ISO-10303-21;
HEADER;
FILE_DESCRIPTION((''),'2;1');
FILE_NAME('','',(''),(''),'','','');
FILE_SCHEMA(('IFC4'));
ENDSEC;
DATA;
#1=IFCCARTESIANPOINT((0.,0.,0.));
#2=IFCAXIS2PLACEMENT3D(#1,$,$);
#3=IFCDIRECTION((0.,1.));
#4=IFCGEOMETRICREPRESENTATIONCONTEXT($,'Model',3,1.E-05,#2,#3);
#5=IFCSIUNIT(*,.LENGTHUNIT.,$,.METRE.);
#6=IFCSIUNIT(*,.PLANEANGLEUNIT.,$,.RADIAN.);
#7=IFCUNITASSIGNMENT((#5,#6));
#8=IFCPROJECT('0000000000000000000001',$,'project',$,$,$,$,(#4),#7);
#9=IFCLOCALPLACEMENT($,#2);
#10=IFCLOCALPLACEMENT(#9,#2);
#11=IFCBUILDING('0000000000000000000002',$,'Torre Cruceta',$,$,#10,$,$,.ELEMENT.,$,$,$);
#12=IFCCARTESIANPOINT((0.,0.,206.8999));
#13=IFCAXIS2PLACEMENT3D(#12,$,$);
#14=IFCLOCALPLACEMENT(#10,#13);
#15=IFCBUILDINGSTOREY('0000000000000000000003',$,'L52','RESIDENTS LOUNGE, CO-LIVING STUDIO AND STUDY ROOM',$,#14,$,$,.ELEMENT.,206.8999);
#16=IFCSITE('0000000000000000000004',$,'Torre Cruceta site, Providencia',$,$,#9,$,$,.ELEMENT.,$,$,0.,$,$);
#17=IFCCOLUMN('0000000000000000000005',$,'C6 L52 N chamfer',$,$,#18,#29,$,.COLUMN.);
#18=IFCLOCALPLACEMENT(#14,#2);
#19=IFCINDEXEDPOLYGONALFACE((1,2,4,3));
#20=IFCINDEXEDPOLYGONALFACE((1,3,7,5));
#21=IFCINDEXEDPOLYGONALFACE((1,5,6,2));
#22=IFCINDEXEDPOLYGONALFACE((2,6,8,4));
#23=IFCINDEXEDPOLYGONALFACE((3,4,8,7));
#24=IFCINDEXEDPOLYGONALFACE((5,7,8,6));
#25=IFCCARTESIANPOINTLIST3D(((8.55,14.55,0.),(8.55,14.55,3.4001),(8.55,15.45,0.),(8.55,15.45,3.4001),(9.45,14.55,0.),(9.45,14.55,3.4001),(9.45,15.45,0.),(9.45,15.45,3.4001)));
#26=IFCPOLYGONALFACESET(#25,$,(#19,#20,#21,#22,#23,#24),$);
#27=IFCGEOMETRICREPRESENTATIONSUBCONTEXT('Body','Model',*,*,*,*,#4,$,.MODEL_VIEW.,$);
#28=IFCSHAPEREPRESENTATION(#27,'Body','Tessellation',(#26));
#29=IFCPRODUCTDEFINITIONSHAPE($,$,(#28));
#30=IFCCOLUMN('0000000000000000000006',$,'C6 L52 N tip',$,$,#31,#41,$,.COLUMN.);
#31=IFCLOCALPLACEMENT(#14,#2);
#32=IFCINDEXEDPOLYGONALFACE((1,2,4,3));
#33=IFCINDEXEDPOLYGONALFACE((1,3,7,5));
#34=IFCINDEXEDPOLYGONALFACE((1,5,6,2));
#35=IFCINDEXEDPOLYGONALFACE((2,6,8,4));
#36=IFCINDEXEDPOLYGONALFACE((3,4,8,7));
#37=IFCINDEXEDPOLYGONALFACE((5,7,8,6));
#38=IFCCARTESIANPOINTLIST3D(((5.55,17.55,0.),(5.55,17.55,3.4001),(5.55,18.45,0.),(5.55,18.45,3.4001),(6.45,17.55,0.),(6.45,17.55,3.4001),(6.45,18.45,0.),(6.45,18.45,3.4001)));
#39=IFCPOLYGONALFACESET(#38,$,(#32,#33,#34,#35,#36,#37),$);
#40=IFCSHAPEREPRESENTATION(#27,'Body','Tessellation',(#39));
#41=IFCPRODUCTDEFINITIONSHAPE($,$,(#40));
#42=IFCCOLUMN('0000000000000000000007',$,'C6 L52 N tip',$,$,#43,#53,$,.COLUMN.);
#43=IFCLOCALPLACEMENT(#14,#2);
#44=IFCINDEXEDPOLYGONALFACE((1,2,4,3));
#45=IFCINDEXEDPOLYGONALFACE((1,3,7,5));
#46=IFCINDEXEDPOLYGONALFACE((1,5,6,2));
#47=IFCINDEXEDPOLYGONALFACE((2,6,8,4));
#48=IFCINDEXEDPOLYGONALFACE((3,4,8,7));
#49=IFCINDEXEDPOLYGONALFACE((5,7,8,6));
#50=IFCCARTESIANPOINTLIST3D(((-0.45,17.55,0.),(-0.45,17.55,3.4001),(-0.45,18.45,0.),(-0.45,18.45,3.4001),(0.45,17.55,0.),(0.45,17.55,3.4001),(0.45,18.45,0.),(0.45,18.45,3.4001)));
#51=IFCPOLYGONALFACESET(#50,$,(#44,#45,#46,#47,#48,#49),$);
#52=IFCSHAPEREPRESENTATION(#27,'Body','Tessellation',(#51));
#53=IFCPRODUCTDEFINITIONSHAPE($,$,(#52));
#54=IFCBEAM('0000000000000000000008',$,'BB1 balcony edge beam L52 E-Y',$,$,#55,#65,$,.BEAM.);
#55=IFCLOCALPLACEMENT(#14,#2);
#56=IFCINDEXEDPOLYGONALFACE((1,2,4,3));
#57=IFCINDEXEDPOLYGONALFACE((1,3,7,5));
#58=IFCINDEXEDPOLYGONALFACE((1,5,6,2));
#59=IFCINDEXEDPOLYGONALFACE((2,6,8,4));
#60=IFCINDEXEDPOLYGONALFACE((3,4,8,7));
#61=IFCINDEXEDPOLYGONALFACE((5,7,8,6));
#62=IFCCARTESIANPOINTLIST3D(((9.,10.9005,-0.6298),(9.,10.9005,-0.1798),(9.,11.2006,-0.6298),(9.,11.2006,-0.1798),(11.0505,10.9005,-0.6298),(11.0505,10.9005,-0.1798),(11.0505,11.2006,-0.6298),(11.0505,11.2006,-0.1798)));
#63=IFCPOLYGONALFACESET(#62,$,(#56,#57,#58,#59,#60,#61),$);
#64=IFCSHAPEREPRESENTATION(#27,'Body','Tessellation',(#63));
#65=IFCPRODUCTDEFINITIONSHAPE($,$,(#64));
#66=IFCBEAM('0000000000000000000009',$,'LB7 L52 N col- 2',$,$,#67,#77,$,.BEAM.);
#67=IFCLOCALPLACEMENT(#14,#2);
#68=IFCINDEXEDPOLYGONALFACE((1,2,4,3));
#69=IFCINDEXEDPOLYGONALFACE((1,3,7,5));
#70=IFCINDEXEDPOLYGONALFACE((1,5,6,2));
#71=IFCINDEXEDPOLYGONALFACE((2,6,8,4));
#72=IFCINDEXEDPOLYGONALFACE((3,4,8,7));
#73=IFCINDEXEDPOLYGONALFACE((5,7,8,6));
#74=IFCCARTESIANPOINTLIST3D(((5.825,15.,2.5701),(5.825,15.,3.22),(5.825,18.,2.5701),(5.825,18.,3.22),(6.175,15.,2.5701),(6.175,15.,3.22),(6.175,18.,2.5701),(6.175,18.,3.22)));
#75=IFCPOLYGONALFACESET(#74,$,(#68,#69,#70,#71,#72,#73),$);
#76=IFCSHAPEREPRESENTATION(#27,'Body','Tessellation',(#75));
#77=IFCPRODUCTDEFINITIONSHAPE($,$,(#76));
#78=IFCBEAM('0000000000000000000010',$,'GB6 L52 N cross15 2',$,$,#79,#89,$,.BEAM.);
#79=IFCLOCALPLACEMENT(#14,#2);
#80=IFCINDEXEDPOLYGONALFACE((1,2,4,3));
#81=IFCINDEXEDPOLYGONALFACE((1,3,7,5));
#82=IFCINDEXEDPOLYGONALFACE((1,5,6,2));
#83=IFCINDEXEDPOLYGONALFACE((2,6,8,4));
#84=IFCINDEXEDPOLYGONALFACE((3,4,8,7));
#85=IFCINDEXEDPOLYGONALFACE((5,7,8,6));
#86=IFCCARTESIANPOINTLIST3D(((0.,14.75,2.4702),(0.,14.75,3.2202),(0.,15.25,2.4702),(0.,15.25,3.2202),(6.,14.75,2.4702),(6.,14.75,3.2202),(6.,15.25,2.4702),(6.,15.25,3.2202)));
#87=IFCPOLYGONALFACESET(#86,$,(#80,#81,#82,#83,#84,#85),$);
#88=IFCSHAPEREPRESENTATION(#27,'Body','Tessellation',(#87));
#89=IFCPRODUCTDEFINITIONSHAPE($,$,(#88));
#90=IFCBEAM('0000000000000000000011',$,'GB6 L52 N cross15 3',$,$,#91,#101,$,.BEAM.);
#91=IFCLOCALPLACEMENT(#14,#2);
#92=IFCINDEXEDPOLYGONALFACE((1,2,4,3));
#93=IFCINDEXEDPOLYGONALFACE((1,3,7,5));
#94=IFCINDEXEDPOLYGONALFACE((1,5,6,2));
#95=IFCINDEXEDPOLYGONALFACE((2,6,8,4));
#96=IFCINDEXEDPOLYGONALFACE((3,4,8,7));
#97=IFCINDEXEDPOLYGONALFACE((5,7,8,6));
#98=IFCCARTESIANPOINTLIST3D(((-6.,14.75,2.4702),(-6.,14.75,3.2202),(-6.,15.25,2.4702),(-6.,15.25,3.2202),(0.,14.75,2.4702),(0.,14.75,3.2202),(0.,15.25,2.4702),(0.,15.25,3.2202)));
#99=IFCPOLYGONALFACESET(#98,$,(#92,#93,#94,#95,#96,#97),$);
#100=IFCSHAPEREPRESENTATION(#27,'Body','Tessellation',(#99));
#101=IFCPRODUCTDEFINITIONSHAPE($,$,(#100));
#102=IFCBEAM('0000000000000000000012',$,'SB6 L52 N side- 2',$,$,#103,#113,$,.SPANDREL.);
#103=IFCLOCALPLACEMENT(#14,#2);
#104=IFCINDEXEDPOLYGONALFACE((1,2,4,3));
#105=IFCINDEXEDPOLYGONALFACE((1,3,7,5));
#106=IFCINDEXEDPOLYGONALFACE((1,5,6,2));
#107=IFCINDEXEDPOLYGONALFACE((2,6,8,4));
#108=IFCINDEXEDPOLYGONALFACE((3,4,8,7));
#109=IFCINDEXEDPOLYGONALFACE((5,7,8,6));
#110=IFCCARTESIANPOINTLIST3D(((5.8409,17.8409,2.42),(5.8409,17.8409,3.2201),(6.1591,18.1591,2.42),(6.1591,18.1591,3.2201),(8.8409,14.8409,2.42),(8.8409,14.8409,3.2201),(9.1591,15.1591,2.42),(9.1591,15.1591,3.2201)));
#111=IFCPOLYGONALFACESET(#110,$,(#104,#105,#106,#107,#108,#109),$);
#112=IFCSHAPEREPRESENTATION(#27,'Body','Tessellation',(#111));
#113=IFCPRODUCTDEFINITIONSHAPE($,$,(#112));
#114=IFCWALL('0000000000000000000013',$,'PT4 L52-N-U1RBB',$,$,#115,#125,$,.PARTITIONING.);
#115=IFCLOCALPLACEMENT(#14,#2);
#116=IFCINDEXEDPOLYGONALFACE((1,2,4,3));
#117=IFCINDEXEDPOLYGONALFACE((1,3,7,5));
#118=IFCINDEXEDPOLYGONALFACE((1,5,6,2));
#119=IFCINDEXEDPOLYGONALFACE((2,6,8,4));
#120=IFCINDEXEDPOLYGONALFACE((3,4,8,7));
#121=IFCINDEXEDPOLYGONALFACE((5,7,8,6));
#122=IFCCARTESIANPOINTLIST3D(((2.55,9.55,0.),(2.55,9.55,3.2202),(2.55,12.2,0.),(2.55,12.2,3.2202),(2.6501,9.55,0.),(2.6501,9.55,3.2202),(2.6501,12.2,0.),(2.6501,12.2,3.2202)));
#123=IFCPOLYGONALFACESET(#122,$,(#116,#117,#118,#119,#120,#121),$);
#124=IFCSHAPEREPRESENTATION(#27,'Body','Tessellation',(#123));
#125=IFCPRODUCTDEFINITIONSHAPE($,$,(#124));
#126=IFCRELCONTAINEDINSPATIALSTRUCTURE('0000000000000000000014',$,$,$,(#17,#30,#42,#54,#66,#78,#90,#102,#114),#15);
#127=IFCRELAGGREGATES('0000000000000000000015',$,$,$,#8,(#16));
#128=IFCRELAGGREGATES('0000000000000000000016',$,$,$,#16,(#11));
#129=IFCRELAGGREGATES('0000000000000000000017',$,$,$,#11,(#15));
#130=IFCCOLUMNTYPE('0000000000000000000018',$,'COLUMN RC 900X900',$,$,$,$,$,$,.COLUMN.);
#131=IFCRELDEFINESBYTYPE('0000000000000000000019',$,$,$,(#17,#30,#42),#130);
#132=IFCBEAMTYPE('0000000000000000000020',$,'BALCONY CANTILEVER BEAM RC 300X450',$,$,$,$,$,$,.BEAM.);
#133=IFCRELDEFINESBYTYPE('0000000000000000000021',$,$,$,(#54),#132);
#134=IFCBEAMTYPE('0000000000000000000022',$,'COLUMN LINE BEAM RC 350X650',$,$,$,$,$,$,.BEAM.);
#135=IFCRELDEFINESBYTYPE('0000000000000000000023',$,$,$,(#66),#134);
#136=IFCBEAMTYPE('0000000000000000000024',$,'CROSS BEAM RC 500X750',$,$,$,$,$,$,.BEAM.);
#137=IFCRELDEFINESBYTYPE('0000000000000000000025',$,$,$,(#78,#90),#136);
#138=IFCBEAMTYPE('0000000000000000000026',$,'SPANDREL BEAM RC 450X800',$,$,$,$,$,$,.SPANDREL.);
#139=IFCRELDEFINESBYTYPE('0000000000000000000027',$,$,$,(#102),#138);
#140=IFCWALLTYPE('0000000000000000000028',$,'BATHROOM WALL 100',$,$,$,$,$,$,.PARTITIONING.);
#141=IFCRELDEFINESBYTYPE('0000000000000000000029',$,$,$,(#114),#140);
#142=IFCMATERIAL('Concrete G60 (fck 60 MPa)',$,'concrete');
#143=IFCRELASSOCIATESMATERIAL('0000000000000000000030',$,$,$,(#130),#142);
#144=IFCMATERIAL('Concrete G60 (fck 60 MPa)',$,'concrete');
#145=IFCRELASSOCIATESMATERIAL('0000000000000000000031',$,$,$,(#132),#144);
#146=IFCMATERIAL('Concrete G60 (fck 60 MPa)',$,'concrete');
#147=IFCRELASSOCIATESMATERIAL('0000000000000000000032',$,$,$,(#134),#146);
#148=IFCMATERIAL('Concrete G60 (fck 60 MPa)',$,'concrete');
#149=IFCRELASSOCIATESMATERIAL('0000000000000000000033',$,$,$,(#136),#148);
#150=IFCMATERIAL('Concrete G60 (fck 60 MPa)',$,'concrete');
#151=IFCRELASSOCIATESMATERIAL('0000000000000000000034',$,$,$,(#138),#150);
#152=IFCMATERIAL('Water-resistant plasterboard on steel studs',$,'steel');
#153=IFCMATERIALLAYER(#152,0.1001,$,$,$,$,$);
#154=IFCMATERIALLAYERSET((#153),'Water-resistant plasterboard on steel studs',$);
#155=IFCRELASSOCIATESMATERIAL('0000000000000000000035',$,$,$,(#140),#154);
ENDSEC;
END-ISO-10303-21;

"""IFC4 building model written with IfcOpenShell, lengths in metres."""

from ifc_helpers import new_model, si_unit, direction, frame, frame_2d, origin, origin_2d, place, context, subcontext, project, spatial, rectangle, extrude, material, layer, layer_set, material_profile, profile_set, type_object, element, save


model = new_model("IFC4")

# Units and contexts
model_context = context("Model", 3, precision=1e-05, world=origin(), true_north=direction((0.0, 1.0)))
body_context = subcontext(model_context, "Body", "Model", "MODEL_VIEW")
ifc_project = project(units=[si_unit("LENGTHUNIT", "METRE"), si_unit("PLANEANGLEUNIT", "RADIAN")], contexts=[model_context])

# Site, building, storey
site_placement = place(None, origin())
site = spatial("IfcSite", under=ifc_project, at=site_placement, Name="Torre Cruceta site, Providencia", CompositionType="ELEMENT", RefElevation=0.0)
building_placement = place(site_placement, origin())
building = spatial("IfcBuilding", under=site, at=building_placement, Name="Torre Cruceta", CompositionType="ELEMENT")
storey_placement = place(building_placement, frame((0.0, 0.0, 206.8999)))
storey = spatial("IfcBuildingStorey", under=building, at=storey_placement, Name="L52", Description="RESIDENTS LOUNGE, CO-LIVING STUDIO AND STUDY ROOM", CompositionType="ELEMENT", Elevation=206.8999)

# Columns
ifc_material_1 = material(Name="Concrete G60 (fck 60 MPa)", Category="concrete")
ifc_material_profile_1 = material_profile(ifc_material_1, rectangle(XDim=0.8999, YDim=0.8999, at=origin_2d()), Name="RC 900X900")
ifc_profile_set_1 = profile_set([ifc_material_profile_1], Name="Concrete G60 (fck 60 MPa)")
column_type = type_object("IfcColumnType", Name="COLUMN RC 900X900", PredefinedType="COLUMN", material=ifc_profile_set_1)
for number, where, z_axis, x_axis, name in (
    (1, (9.0, 15.0, 0.0), (0.0, 0.0, 1.0), (1.0, 0.0, 0.0), "C6 L52 N chamfer"),
    (2, (6.0, 18.0, 0.0), (0.0, 0.0, 1.0), (1.0, 0.0, 0.0), "C6 L52 N tip"),
    (3, (0.0, 18.0, 0.0), (0.0, 0.0, 1.0), (1.0, 0.0, 0.0), "C6 L52 N tip"),
):
    element("IfcColumn", number, at=place(storey_placement, frame(where, z_axis=z_axis, x_axis=x_axis)), inside=storey, type_object=column_type, Name=name, PredefinedType="COLUMN", context=body_context, shape_type="SweptSolid", body=[
        extrude(rectangle(XDim=0.8999, YDim=0.8999, at=origin_2d()), origin(), (0.0, 0.0, 1.0), 3.4001),
    ])

# Beams
ifc_material_2 = material(Name="Concrete G60 (fck 60 MPa)", Category="concrete")
ifc_material_profile_2 = material_profile(ifc_material_2, rectangle(XDim=0.3, YDim=0.45, at=origin_2d()), Name="RC 300X450")
ifc_profile_set_2 = profile_set([ifc_material_profile_2], Name="Concrete G60 (fck 60 MPa)")
beam_type_1 = type_object("IfcBeamType", Name="BALCONY CANTILEVER BEAM RC 300X450", PredefinedType="BEAM", material=ifc_profile_set_2)
beam_1_placement = place(storey_placement, frame((9.0, 11.0505, -0.4048), z_axis=(1.0, 0.0, 0.0), x_axis=(0.0, 1.0, 0.0)))
element("IfcBeam", 4, at=beam_1_placement, inside=storey, type_object=beam_type_1, Name="BB1 balcony edge beam L52 E-Y", PredefinedType="BEAM", context=body_context, shape_type="SweptSolid", body=[
    extrude(rectangle(XDim=0.3, YDim=0.45, at=origin_2d()), origin(), (0.0, 0.0, 1.0), 2.0505),
])
ifc_material_3 = material(Name="Concrete G60 (fck 60 MPa)", Category="concrete")
ifc_material_profile_3 = material_profile(ifc_material_3, rectangle(XDim=0.3501, YDim=0.6499, at=origin_2d()), Name="RC 350X650")
ifc_profile_set_3 = profile_set([ifc_material_profile_3], Name="Concrete G60 (fck 60 MPa)")
beam_type_2 = type_object("IfcBeamType", Name="COLUMN LINE BEAM RC 350X650", PredefinedType="BEAM", material=ifc_profile_set_3)
beam_2_placement = place(storey_placement, frame((6.0, 15.0, 2.895), z_axis=(0.0, 1.0, 0.0), x_axis=(-1.0, 0.0, 0.0)))
element("IfcBeam", 5, at=beam_2_placement, inside=storey, type_object=beam_type_2, Name="LB7 L52 N col- 2", PredefinedType="BEAM", context=body_context, shape_type="SweptSolid", body=[
    extrude(rectangle(XDim=0.3501, YDim=0.6499, at=origin_2d()), origin(), (0.0, 0.0, 1.0), 3.0),
])
ifc_material_4 = material(Name="Concrete G60 (fck 60 MPa)", Category="concrete")
ifc_material_profile_4 = material_profile(ifc_material_4, rectangle(XDim=0.5, YDim=0.75, at=origin_2d()), Name="RC 500X750")
ifc_profile_set_4 = profile_set([ifc_material_profile_4], Name="Concrete G60 (fck 60 MPa)")
beam_type_3 = type_object("IfcBeamType", Name="CROSS BEAM RC 500X750", PredefinedType="BEAM", material=ifc_profile_set_4)
for number, where, z_axis, x_axis, name in (
    (6, (6.0, 15.0, 2.8452), (-1.0, 0.0, 0.0), (0.0, -1.0, 0.0), "GB6 L52 N cross15 2"),
    (7, (0.0, 15.0, 2.8452), (-1.0, 0.0, 0.0), (0.0, -1.0, 0.0), "GB6 L52 N cross15 3"),
):
    element("IfcBeam", number, at=place(storey_placement, frame(where, z_axis=z_axis, x_axis=x_axis)), inside=storey, type_object=beam_type_3, Name=name, PredefinedType="BEAM", context=body_context, shape_type="SweptSolid", body=[
        extrude(rectangle(XDim=0.5, YDim=0.75, at=origin_2d()), origin(), (0.0, 0.0, 1.0), 6.0),
    ])
ifc_material_5 = material(Name="Concrete G60 (fck 60 MPa)", Category="concrete")
ifc_material_profile_5 = material_profile(ifc_material_5, rectangle(XDim=0.45, YDim=0.8, at=origin_2d()), Name="RC 450X800")
ifc_profile_set_5 = profile_set([ifc_material_profile_5], Name="Concrete G60 (fck 60 MPa)")
beam_type_4 = type_object("IfcBeamType", Name="SPANDREL BEAM RC 450X800", PredefinedType="SPANDREL", material=ifc_profile_set_5)
beam_3_placement = place(storey_placement, frame((9.0, 15.0, 2.8201), z_axis=(-0.707107, 0.707107, 0.0), x_axis=(-0.707107, -0.707107, 0.0)))
element("IfcBeam", 8, at=beam_3_placement, inside=storey, type_object=beam_type_4, Name="SB6 L52 N side- 2", PredefinedType="SPANDREL", context=body_context, shape_type="SweptSolid", body=[
    extrude(rectangle(XDim=0.45, YDim=0.8, at=origin_2d()), origin(), (0.0, 0.0, 1.0), 4.2427),
])

# Wall
ifc_material_6 = material(Name="Water-resistant plasterboard on steel studs", Category="steel")
ifc_layer_1 = layer(ifc_material_6, 0.1001)
ifc_layer_set_1 = layer_set([ifc_layer_1], Name="Water-resistant plasterboard on steel studs")
wall_type_1 = type_object("IfcWallType", Name="BATHROOM WALL 100", PredefinedType="PARTITIONING", material=ifc_layer_set_1)
wall_1_placement = place(storey_placement, frame((2.6001, 9.55, 0.0), z_axis=(0.0, 0.0, 1.0), x_axis=(0.0, 1.0, 0.0)))
element("IfcWall", 9, at=wall_1_placement, inside=storey, type_object=wall_type_1, Name="PT4 L52-N-U1RBB", PredefinedType="PARTITIONING", context=body_context, shape_type="SweptSolid", body=[
    extrude(rectangle(XDim=2.6499, YDim=0.1001, at=frame_2d((1.325, 0.0))), origin(), (0.0, 0.0, 1.0), 3.2202),
])

save(model, "model.ifc")
